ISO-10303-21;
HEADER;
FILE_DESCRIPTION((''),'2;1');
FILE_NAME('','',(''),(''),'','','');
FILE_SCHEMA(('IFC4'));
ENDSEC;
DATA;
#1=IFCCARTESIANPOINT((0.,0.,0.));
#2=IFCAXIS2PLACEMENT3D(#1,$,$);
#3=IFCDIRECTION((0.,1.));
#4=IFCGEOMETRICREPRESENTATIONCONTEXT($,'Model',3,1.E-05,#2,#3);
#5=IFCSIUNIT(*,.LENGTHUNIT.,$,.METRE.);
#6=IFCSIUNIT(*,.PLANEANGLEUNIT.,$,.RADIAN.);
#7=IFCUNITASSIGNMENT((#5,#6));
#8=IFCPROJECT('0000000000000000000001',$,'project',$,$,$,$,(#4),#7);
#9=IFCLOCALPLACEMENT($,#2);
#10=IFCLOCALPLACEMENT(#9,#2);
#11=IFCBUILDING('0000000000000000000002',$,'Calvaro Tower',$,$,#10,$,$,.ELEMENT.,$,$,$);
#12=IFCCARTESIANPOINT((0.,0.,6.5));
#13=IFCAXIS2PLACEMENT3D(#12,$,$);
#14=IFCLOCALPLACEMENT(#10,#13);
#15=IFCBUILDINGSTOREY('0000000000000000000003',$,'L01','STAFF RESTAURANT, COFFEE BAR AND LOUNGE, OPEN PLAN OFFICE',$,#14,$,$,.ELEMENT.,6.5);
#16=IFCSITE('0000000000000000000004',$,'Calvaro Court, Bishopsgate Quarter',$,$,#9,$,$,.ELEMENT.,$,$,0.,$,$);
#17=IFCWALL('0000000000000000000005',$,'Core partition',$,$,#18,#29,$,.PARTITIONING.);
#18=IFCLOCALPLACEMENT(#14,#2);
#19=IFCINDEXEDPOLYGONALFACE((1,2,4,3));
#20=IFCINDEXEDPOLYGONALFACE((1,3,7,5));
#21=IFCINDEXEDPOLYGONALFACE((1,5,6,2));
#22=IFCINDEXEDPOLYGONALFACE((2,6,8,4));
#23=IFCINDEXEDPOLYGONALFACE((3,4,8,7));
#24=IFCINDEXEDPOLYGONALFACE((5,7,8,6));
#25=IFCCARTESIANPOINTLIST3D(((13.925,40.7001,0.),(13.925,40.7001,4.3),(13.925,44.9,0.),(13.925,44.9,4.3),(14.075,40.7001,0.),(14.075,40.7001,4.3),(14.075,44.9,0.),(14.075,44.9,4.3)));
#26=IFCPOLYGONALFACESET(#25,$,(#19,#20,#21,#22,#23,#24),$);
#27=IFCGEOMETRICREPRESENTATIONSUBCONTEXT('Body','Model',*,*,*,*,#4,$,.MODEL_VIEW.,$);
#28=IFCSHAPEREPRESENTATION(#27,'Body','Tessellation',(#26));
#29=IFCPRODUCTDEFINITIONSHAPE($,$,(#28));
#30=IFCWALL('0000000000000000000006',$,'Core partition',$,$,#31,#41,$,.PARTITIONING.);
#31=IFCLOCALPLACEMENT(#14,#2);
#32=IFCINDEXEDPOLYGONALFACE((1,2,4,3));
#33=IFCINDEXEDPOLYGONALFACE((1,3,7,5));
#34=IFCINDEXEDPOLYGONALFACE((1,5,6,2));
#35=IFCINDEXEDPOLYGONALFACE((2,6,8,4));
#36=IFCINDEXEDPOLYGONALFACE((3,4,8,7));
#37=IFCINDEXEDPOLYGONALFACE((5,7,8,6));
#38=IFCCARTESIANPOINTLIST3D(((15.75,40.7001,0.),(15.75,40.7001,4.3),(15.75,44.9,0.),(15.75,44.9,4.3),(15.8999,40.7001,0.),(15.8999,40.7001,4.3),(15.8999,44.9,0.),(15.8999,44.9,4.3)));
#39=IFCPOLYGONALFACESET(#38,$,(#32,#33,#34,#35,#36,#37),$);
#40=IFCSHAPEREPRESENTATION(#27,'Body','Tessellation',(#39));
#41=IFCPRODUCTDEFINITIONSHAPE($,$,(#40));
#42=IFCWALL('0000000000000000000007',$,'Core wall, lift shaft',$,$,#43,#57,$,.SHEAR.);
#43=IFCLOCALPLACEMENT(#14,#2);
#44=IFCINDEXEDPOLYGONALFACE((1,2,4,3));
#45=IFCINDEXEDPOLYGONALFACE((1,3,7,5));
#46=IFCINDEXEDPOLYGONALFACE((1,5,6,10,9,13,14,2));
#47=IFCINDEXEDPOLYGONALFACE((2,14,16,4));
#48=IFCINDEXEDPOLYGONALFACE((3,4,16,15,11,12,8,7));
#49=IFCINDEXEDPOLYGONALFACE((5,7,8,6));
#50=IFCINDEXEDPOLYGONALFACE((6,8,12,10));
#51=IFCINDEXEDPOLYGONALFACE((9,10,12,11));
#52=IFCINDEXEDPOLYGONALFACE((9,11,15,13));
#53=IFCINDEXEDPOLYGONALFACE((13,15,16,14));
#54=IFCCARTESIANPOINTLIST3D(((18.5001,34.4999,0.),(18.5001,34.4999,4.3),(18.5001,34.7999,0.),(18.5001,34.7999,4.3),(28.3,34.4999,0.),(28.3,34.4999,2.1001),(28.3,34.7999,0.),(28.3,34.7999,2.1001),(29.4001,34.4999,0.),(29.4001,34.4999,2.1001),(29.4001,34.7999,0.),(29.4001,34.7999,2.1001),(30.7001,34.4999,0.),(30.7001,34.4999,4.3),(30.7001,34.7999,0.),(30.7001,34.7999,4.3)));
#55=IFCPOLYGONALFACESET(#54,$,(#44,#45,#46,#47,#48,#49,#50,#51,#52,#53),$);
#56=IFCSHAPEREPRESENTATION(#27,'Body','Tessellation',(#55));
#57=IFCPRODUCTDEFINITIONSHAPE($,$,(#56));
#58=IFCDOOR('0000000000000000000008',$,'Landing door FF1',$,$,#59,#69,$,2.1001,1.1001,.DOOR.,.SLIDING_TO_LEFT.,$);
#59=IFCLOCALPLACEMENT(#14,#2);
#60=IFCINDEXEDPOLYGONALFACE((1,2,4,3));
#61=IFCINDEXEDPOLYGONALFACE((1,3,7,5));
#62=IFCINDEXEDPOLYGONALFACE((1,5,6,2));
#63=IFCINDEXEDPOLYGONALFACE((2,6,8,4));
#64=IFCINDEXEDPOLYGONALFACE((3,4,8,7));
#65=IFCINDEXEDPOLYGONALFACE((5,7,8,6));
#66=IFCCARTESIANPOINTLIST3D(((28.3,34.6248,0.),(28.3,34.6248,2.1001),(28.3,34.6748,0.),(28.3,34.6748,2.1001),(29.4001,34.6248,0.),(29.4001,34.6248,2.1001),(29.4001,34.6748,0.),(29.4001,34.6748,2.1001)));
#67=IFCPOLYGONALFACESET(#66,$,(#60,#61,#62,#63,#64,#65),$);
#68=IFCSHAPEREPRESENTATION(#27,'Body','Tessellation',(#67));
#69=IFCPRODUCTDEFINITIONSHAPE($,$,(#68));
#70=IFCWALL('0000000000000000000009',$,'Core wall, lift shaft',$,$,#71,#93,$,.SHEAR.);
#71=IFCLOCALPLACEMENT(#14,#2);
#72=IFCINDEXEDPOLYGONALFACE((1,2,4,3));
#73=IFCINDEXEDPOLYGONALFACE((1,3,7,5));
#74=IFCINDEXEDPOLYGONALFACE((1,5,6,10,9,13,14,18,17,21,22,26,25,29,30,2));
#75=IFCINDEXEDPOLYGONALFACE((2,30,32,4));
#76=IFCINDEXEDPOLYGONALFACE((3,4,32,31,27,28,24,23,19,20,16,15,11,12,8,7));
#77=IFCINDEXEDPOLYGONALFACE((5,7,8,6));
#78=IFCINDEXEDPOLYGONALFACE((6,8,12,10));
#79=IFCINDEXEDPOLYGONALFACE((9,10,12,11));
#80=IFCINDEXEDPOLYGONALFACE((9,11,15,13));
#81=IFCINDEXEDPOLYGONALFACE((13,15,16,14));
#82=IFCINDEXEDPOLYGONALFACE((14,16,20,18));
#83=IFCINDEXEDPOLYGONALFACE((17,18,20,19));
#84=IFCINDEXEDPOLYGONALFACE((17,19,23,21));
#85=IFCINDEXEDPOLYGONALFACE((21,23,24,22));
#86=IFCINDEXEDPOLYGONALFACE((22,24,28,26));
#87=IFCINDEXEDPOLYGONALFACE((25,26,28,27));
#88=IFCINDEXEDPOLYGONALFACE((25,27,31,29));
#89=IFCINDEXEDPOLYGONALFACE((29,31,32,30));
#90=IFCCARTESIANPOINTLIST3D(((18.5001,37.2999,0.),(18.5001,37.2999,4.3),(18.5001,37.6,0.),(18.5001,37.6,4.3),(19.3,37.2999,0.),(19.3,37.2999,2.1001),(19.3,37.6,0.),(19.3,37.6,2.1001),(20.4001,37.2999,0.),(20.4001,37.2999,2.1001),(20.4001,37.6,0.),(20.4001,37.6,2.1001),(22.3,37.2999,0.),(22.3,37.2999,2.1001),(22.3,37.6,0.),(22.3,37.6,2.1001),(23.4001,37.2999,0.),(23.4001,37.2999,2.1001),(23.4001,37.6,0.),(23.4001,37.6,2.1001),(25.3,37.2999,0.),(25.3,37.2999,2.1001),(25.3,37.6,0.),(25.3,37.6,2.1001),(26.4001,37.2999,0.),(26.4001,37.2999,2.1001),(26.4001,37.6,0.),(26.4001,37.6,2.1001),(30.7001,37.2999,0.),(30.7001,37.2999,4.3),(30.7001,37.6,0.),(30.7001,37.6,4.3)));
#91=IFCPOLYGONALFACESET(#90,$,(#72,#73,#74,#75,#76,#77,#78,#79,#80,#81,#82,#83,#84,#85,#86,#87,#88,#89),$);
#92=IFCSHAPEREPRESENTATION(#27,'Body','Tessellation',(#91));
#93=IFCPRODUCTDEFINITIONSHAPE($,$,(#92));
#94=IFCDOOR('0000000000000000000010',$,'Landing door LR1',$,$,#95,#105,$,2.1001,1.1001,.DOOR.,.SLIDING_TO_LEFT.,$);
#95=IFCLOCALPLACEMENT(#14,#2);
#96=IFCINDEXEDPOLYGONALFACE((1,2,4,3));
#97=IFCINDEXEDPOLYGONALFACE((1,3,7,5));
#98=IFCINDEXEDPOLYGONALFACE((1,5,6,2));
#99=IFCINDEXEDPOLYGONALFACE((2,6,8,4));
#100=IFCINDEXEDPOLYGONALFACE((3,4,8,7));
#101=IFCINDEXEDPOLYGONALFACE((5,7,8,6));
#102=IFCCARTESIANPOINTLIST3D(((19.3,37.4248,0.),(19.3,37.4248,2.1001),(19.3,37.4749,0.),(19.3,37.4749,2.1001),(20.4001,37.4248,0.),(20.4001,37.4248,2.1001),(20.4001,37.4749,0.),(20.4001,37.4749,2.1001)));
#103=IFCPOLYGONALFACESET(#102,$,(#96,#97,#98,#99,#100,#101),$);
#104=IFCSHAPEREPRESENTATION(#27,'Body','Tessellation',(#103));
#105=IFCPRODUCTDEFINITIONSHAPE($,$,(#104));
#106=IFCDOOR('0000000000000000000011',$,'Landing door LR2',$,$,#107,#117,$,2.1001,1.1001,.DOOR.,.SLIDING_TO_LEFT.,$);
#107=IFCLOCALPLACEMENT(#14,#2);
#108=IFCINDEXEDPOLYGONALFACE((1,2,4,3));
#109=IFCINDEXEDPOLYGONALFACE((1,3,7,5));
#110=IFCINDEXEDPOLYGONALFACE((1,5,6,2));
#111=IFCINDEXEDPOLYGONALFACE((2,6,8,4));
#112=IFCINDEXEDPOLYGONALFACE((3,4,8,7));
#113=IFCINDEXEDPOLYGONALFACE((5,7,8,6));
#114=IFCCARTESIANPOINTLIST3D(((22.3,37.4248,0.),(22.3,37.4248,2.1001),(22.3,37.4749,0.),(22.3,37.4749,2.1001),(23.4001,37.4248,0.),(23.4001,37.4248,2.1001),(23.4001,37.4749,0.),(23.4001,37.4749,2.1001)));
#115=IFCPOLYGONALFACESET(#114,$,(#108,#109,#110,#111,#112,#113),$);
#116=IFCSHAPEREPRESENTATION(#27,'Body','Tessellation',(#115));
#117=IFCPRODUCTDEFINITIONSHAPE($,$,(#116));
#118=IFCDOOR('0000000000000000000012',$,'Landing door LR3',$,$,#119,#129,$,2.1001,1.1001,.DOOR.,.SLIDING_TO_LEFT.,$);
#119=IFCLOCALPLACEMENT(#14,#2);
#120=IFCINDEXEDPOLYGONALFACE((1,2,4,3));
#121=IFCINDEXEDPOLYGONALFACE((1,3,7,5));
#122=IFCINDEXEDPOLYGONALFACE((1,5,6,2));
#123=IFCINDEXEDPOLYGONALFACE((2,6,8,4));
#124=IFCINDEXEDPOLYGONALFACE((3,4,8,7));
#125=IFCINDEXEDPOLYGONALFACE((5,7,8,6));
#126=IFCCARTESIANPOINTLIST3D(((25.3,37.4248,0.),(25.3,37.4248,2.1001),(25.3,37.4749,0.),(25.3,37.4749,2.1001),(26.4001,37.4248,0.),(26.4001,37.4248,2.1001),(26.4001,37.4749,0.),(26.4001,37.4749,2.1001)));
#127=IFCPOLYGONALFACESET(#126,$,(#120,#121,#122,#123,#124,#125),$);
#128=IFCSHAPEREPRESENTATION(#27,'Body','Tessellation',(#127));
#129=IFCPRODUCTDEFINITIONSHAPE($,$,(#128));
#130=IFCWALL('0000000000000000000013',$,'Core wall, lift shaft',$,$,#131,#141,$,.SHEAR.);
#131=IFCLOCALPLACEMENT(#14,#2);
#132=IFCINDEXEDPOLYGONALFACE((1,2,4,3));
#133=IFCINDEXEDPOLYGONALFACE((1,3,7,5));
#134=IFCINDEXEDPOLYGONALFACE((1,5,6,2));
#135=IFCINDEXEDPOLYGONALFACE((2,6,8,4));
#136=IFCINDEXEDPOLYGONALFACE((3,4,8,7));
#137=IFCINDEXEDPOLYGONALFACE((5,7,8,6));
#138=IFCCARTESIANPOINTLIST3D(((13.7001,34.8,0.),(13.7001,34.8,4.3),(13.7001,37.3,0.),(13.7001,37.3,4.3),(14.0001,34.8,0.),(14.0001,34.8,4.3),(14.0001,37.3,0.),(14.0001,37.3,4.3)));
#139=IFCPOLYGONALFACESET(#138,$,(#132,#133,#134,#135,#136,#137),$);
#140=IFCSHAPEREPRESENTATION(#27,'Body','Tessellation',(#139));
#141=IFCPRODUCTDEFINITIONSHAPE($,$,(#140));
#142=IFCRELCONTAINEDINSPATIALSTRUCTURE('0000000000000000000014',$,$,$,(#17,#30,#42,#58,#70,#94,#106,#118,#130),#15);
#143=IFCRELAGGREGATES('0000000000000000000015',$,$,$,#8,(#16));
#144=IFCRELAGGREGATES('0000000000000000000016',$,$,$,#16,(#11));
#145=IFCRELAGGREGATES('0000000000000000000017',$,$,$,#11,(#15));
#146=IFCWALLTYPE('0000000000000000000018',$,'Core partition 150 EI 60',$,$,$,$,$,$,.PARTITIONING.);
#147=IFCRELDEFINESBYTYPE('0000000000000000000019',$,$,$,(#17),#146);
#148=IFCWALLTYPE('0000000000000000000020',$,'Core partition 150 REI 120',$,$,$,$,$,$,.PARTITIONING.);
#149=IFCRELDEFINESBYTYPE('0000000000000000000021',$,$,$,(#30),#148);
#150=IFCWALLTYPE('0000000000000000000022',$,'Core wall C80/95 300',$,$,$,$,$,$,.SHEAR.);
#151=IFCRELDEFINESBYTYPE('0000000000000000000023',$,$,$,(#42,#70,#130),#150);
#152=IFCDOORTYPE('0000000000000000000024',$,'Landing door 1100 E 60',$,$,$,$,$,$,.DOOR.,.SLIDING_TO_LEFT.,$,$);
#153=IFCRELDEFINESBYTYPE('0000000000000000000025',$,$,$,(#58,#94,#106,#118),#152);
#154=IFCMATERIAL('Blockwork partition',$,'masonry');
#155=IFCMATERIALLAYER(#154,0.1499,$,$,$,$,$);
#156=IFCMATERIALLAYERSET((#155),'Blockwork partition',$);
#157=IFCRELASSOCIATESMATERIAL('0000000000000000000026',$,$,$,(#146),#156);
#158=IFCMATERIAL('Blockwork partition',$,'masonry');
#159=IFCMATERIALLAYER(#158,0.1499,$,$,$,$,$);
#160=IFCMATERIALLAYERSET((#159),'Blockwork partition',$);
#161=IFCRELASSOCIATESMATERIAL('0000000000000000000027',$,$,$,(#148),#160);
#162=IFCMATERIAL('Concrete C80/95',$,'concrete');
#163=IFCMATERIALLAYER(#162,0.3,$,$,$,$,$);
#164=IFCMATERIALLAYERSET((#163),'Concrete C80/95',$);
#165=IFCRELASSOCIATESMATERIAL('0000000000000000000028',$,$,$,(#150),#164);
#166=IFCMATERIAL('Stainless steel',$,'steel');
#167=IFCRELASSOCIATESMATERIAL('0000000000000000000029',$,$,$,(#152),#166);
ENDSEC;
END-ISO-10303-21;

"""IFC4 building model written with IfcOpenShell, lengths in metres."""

from ifc_helpers import new_model, si_unit, direction, frame, frame_2d, origin, place, context, subcontext, project, spatial, rectangle, extrude, material, layer, layer_set, type_object, element, fill, save


model = new_model("IFC4")

# Units and contexts
model_context = context("Model", 3, precision=1e-05, world=origin(), true_north=direction((0.0, 1.0)))
body_context = subcontext(model_context, "Body", "Model", "MODEL_VIEW")
ifc_project = project(units=[si_unit("LENGTHUNIT", "METRE"), si_unit("PLANEANGLEUNIT", "RADIAN")], contexts=[model_context])

# Site, building, storey
site_placement = place(None, origin())
site = spatial("IfcSite", under=ifc_project, at=site_placement, Name="Calvaro Court, Bishopsgate Quarter", CompositionType="ELEMENT", RefElevation=0.0)
building_placement = place(site_placement, origin())
building = spatial("IfcBuilding", under=site, at=building_placement, Name="Calvaro Tower", CompositionType="ELEMENT")
storey_placement = place(building_placement, frame((0.0, 0.0, 6.5)))
storey = spatial("IfcBuildingStorey", under=building, at=storey_placement, Name="L01", Description="STAFF RESTAURANT, COFFEE BAR AND LOUNGE, OPEN PLAN OFFICE", CompositionType="ELEMENT", Elevation=6.5)

# Walls
ifc_material_1 = material(Name="Blockwork partition", Category="masonry")
ifc_layer_1 = layer(ifc_material_1, 0.1499)
ifc_layer_set_1 = layer_set([ifc_layer_1], Name="Blockwork partition")
wall_type_1 = type_object("IfcWallType", Name="Core partition 150 EI 60", PredefinedType="PARTITIONING", material=ifc_layer_set_1)
wall_1_placement = place(storey_placement, frame((14.0, 40.7, 0.0), z_axis=(0.0, 0.0, 1.0), x_axis=(0.0, 1.0, 0.0)))
element("IfcWall", 1, at=wall_1_placement, inside=storey, type_object=wall_type_1, Name="Core partition", PredefinedType="PARTITIONING", context=body_context, shape_type="SweptSolid", body=[
    extrude(rectangle(XDim=4.2, YDim=0.1499, at=frame_2d((2.1001, 0.0))), origin(), (0.0, 0.0, 1.0), 4.3),
])
ifc_material_2 = material(Name="Blockwork partition", Category="masonry")
ifc_layer_2 = layer(ifc_material_2, 0.1499)
ifc_layer_set_2 = layer_set([ifc_layer_2], Name="Blockwork partition")
wall_type_2 = type_object("IfcWallType", Name="Core partition 150 REI 120", PredefinedType="PARTITIONING", material=ifc_layer_set_2)
wall_2_placement = place(storey_placement, frame((15.825, 40.7, 0.0), z_axis=(0.0, 0.0, 1.0), x_axis=(0.0, 1.0, 0.0)))
element("IfcWall", 2, at=wall_2_placement, inside=storey, type_object=wall_type_2, Name="Core partition", PredefinedType="PARTITIONING", context=body_context, shape_type="SweptSolid", body=[
    extrude(rectangle(XDim=4.2, YDim=0.1499, at=frame_2d((2.1001, 0.0))), origin(), (0.0, 0.0, 1.0), 4.3),
])

# Wall, opening, door
ifc_material_3 = material(Name="Concrete C80/95", Category="concrete")
ifc_layer_3 = layer(ifc_material_3, 0.3)
ifc_layer_set_3 = layer_set([ifc_layer_3], Name="Concrete C80/95")
wall_type_3 = type_object("IfcWallType", Name="Core wall C80/95 300", PredefinedType="SHEAR", material=ifc_layer_set_3)
wall_3_placement = place(storey_placement, frame((18.5, 34.6499, 0.0), z_axis=(0.0, 0.0, 1.0), x_axis=(1.0, 0.0, 0.0)))
wall_3 = element("IfcWall", 3, at=wall_3_placement, inside=storey, type_object=wall_type_3, Name="Core wall, lift shaft", PredefinedType="SHEAR", context=body_context, shape_type="SweptSolid", body=[
    extrude(rectangle(XDim=12.2, YDim=0.3, at=frame_2d((6.1001, 0.0))), origin(), (0.0, 0.0, 1.0), 4.3),
])
opening_1_placement = place(wall_3_placement, frame((9.8, 0.0, 0.0)))
opening_1 = element("IfcOpeningElement", 4, at=opening_1_placement, cuts=wall_3, PredefinedType="OPENING", context=body_context, shape_type="SweptSolid", body=[
    extrude(rectangle(XDim=1.1001, YDim=2.1001, at=frame_2d((0.55, 1.05))), frame((0.0, 0.1599, 0.0), z_axis=(0.0, -1.0, 0.0), x_axis=(1.0, 0.0, 0.0)), (0.0, 0.0, 1.0), 0.3201),
])
ifc_material_4 = material(Name="Stainless steel", Category="steel")
door_type_1 = type_object("IfcDoorType", Name="Landing door 1100 E 60", OperationType="SLIDING_TO_LEFT", PredefinedType="DOOR", material=ifc_material_4)
door_1_placement = place(opening_1_placement, origin())
door_1 = element("IfcDoor", 5, at=door_1_placement, inside=storey, type_object=door_type_1, Name="Landing door FF1", OperationType="SLIDING_TO_LEFT", OverallHeight=2.1001, OverallWidth=1.1001, PredefinedType="DOOR", context=body_context, shape_type="SweptSolid", body=[
    extrude(rectangle(XDim=1.1001, YDim=2.1001, at=frame_2d((0.55, 1.05))), frame((0.0, 0.0249, 0.0), z_axis=(0.0, -1.0, 0.0), x_axis=(1.0, 0.0, 0.0)), (0.0, 0.0, 1.0), 0.05),
])
fill(opening_1, door_1)

# Wall, openings, doors
wall_4_placement = place(storey_placement, frame((18.5, 37.45, 0.0), z_axis=(0.0, 0.0, 1.0), x_axis=(1.0, 0.0, 0.0)))
wall_4 = element("IfcWall", 6, at=wall_4_placement, inside=storey, type_object=wall_type_3, Name="Core wall, lift shaft", PredefinedType="SHEAR", context=body_context, shape_type="SweptSolid", body=[
    extrude(rectangle(XDim=12.2, YDim=0.3, at=frame_2d((6.1001, 0.0))), origin(), (0.0, 0.0, 1.0), 4.3),
])
opening_2_placement = place(wall_4_placement, frame((0.8, 0.0, 0.0)))
opening_2 = element("IfcOpeningElement", 7, at=opening_2_placement, cuts=wall_4, PredefinedType="OPENING", context=body_context, shape_type="SweptSolid", body=[
    extrude(rectangle(XDim=1.1001, YDim=2.1001, at=frame_2d((0.55, 1.05))), frame((0.0, 0.1599, 0.0), z_axis=(0.0, -1.0, 0.0), x_axis=(1.0, 0.0, 0.0)), (0.0, 0.0, 1.0), 0.3201),
])
opening_3_placement = place(wall_4_placement, frame((3.8, 0.0, 0.0)))
opening_3 = element("IfcOpeningElement", 8, at=opening_3_placement, cuts=wall_4, PredefinedType="OPENING", context=body_context, shape_type="SweptSolid", body=[
    extrude(rectangle(XDim=1.1001, YDim=2.1001, at=frame_2d((0.55, 1.05))), frame((0.0, 0.1599, 0.0), z_axis=(0.0, -1.0, 0.0), x_axis=(1.0, 0.0, 0.0)), (0.0, 0.0, 1.0), 0.3201),
])
opening_4_placement = place(wall_4_placement, frame((6.8, 0.0, 0.0)))
opening_4 = element("IfcOpeningElement", 9, at=opening_4_placement, cuts=wall_4, PredefinedType="OPENING", context=body_context, shape_type="SweptSolid", body=[
    extrude(rectangle(XDim=1.1001, YDim=2.1001, at=frame_2d((0.55, 1.05))), frame((0.0, 0.1599, 0.0), z_axis=(0.0, -1.0, 0.0), x_axis=(1.0, 0.0, 0.0)), (0.0, 0.0, 1.0), 0.3201),
])
door_2_placement = place(opening_2_placement, origin())
door_2 = element("IfcDoor", 10, at=door_2_placement, inside=storey, type_object=door_type_1, Name="Landing door LR1", OperationType="SLIDING_TO_LEFT", OverallHeight=2.1001, OverallWidth=1.1001, PredefinedType="DOOR", context=body_context, shape_type="SweptSolid", body=[
    extrude(rectangle(XDim=1.1001, YDim=2.1001, at=frame_2d((0.55, 1.05))), frame((0.0, 0.0249, 0.0), z_axis=(0.0, -1.0, 0.0), x_axis=(1.0, 0.0, 0.0)), (0.0, 0.0, 1.0), 0.05),
])
fill(opening_2, door_2)
door_3_placement = place(opening_3_placement, origin())
door_3 = element("IfcDoor", 11, at=door_3_placement, inside=storey, type_object=door_type_1, Name="Landing door LR2", OperationType="SLIDING_TO_LEFT", OverallHeight=2.1001, OverallWidth=1.1001, PredefinedType="DOOR", context=body_context, shape_type="SweptSolid", body=[
    extrude(rectangle(XDim=1.1001, YDim=2.1001, at=frame_2d((0.55, 1.05))), frame((0.0, 0.0249, 0.0), z_axis=(0.0, -1.0, 0.0), x_axis=(1.0, 0.0, 0.0)), (0.0, 0.0, 1.0), 0.05),
])
fill(opening_3, door_3)
door_4_placement = place(opening_4_placement, origin())
door_4 = element("IfcDoor", 12, at=door_4_placement, inside=storey, type_object=door_type_1, Name="Landing door LR3", OperationType="SLIDING_TO_LEFT", OverallHeight=2.1001, OverallWidth=1.1001, PredefinedType="DOOR", context=body_context, shape_type="SweptSolid", body=[
    extrude(rectangle(XDim=1.1001, YDim=2.1001, at=frame_2d((0.55, 1.05))), frame((0.0, 0.0249, 0.0), z_axis=(0.0, -1.0, 0.0), x_axis=(1.0, 0.0, 0.0)), (0.0, 0.0, 1.0), 0.05),
])
fill(opening_4, door_4)

# Wall
wall_5_placement = place(storey_placement, frame((13.8501, 34.8, 0.0), z_axis=(0.0, 0.0, 1.0), x_axis=(0.0, 1.0, 0.0)))
element("IfcWall", 13, at=wall_5_placement, inside=storey, type_object=wall_type_3, Name="Core wall, lift shaft", PredefinedType="SHEAR", context=body_context, shape_type="SweptSolid", body=[
    extrude(rectangle(XDim=2.5, YDim=0.3, at=frame_2d((1.25, 0.0))), origin(), (0.0, 0.0, 1.0), 4.3),
])

save(model, "model.ifc")
